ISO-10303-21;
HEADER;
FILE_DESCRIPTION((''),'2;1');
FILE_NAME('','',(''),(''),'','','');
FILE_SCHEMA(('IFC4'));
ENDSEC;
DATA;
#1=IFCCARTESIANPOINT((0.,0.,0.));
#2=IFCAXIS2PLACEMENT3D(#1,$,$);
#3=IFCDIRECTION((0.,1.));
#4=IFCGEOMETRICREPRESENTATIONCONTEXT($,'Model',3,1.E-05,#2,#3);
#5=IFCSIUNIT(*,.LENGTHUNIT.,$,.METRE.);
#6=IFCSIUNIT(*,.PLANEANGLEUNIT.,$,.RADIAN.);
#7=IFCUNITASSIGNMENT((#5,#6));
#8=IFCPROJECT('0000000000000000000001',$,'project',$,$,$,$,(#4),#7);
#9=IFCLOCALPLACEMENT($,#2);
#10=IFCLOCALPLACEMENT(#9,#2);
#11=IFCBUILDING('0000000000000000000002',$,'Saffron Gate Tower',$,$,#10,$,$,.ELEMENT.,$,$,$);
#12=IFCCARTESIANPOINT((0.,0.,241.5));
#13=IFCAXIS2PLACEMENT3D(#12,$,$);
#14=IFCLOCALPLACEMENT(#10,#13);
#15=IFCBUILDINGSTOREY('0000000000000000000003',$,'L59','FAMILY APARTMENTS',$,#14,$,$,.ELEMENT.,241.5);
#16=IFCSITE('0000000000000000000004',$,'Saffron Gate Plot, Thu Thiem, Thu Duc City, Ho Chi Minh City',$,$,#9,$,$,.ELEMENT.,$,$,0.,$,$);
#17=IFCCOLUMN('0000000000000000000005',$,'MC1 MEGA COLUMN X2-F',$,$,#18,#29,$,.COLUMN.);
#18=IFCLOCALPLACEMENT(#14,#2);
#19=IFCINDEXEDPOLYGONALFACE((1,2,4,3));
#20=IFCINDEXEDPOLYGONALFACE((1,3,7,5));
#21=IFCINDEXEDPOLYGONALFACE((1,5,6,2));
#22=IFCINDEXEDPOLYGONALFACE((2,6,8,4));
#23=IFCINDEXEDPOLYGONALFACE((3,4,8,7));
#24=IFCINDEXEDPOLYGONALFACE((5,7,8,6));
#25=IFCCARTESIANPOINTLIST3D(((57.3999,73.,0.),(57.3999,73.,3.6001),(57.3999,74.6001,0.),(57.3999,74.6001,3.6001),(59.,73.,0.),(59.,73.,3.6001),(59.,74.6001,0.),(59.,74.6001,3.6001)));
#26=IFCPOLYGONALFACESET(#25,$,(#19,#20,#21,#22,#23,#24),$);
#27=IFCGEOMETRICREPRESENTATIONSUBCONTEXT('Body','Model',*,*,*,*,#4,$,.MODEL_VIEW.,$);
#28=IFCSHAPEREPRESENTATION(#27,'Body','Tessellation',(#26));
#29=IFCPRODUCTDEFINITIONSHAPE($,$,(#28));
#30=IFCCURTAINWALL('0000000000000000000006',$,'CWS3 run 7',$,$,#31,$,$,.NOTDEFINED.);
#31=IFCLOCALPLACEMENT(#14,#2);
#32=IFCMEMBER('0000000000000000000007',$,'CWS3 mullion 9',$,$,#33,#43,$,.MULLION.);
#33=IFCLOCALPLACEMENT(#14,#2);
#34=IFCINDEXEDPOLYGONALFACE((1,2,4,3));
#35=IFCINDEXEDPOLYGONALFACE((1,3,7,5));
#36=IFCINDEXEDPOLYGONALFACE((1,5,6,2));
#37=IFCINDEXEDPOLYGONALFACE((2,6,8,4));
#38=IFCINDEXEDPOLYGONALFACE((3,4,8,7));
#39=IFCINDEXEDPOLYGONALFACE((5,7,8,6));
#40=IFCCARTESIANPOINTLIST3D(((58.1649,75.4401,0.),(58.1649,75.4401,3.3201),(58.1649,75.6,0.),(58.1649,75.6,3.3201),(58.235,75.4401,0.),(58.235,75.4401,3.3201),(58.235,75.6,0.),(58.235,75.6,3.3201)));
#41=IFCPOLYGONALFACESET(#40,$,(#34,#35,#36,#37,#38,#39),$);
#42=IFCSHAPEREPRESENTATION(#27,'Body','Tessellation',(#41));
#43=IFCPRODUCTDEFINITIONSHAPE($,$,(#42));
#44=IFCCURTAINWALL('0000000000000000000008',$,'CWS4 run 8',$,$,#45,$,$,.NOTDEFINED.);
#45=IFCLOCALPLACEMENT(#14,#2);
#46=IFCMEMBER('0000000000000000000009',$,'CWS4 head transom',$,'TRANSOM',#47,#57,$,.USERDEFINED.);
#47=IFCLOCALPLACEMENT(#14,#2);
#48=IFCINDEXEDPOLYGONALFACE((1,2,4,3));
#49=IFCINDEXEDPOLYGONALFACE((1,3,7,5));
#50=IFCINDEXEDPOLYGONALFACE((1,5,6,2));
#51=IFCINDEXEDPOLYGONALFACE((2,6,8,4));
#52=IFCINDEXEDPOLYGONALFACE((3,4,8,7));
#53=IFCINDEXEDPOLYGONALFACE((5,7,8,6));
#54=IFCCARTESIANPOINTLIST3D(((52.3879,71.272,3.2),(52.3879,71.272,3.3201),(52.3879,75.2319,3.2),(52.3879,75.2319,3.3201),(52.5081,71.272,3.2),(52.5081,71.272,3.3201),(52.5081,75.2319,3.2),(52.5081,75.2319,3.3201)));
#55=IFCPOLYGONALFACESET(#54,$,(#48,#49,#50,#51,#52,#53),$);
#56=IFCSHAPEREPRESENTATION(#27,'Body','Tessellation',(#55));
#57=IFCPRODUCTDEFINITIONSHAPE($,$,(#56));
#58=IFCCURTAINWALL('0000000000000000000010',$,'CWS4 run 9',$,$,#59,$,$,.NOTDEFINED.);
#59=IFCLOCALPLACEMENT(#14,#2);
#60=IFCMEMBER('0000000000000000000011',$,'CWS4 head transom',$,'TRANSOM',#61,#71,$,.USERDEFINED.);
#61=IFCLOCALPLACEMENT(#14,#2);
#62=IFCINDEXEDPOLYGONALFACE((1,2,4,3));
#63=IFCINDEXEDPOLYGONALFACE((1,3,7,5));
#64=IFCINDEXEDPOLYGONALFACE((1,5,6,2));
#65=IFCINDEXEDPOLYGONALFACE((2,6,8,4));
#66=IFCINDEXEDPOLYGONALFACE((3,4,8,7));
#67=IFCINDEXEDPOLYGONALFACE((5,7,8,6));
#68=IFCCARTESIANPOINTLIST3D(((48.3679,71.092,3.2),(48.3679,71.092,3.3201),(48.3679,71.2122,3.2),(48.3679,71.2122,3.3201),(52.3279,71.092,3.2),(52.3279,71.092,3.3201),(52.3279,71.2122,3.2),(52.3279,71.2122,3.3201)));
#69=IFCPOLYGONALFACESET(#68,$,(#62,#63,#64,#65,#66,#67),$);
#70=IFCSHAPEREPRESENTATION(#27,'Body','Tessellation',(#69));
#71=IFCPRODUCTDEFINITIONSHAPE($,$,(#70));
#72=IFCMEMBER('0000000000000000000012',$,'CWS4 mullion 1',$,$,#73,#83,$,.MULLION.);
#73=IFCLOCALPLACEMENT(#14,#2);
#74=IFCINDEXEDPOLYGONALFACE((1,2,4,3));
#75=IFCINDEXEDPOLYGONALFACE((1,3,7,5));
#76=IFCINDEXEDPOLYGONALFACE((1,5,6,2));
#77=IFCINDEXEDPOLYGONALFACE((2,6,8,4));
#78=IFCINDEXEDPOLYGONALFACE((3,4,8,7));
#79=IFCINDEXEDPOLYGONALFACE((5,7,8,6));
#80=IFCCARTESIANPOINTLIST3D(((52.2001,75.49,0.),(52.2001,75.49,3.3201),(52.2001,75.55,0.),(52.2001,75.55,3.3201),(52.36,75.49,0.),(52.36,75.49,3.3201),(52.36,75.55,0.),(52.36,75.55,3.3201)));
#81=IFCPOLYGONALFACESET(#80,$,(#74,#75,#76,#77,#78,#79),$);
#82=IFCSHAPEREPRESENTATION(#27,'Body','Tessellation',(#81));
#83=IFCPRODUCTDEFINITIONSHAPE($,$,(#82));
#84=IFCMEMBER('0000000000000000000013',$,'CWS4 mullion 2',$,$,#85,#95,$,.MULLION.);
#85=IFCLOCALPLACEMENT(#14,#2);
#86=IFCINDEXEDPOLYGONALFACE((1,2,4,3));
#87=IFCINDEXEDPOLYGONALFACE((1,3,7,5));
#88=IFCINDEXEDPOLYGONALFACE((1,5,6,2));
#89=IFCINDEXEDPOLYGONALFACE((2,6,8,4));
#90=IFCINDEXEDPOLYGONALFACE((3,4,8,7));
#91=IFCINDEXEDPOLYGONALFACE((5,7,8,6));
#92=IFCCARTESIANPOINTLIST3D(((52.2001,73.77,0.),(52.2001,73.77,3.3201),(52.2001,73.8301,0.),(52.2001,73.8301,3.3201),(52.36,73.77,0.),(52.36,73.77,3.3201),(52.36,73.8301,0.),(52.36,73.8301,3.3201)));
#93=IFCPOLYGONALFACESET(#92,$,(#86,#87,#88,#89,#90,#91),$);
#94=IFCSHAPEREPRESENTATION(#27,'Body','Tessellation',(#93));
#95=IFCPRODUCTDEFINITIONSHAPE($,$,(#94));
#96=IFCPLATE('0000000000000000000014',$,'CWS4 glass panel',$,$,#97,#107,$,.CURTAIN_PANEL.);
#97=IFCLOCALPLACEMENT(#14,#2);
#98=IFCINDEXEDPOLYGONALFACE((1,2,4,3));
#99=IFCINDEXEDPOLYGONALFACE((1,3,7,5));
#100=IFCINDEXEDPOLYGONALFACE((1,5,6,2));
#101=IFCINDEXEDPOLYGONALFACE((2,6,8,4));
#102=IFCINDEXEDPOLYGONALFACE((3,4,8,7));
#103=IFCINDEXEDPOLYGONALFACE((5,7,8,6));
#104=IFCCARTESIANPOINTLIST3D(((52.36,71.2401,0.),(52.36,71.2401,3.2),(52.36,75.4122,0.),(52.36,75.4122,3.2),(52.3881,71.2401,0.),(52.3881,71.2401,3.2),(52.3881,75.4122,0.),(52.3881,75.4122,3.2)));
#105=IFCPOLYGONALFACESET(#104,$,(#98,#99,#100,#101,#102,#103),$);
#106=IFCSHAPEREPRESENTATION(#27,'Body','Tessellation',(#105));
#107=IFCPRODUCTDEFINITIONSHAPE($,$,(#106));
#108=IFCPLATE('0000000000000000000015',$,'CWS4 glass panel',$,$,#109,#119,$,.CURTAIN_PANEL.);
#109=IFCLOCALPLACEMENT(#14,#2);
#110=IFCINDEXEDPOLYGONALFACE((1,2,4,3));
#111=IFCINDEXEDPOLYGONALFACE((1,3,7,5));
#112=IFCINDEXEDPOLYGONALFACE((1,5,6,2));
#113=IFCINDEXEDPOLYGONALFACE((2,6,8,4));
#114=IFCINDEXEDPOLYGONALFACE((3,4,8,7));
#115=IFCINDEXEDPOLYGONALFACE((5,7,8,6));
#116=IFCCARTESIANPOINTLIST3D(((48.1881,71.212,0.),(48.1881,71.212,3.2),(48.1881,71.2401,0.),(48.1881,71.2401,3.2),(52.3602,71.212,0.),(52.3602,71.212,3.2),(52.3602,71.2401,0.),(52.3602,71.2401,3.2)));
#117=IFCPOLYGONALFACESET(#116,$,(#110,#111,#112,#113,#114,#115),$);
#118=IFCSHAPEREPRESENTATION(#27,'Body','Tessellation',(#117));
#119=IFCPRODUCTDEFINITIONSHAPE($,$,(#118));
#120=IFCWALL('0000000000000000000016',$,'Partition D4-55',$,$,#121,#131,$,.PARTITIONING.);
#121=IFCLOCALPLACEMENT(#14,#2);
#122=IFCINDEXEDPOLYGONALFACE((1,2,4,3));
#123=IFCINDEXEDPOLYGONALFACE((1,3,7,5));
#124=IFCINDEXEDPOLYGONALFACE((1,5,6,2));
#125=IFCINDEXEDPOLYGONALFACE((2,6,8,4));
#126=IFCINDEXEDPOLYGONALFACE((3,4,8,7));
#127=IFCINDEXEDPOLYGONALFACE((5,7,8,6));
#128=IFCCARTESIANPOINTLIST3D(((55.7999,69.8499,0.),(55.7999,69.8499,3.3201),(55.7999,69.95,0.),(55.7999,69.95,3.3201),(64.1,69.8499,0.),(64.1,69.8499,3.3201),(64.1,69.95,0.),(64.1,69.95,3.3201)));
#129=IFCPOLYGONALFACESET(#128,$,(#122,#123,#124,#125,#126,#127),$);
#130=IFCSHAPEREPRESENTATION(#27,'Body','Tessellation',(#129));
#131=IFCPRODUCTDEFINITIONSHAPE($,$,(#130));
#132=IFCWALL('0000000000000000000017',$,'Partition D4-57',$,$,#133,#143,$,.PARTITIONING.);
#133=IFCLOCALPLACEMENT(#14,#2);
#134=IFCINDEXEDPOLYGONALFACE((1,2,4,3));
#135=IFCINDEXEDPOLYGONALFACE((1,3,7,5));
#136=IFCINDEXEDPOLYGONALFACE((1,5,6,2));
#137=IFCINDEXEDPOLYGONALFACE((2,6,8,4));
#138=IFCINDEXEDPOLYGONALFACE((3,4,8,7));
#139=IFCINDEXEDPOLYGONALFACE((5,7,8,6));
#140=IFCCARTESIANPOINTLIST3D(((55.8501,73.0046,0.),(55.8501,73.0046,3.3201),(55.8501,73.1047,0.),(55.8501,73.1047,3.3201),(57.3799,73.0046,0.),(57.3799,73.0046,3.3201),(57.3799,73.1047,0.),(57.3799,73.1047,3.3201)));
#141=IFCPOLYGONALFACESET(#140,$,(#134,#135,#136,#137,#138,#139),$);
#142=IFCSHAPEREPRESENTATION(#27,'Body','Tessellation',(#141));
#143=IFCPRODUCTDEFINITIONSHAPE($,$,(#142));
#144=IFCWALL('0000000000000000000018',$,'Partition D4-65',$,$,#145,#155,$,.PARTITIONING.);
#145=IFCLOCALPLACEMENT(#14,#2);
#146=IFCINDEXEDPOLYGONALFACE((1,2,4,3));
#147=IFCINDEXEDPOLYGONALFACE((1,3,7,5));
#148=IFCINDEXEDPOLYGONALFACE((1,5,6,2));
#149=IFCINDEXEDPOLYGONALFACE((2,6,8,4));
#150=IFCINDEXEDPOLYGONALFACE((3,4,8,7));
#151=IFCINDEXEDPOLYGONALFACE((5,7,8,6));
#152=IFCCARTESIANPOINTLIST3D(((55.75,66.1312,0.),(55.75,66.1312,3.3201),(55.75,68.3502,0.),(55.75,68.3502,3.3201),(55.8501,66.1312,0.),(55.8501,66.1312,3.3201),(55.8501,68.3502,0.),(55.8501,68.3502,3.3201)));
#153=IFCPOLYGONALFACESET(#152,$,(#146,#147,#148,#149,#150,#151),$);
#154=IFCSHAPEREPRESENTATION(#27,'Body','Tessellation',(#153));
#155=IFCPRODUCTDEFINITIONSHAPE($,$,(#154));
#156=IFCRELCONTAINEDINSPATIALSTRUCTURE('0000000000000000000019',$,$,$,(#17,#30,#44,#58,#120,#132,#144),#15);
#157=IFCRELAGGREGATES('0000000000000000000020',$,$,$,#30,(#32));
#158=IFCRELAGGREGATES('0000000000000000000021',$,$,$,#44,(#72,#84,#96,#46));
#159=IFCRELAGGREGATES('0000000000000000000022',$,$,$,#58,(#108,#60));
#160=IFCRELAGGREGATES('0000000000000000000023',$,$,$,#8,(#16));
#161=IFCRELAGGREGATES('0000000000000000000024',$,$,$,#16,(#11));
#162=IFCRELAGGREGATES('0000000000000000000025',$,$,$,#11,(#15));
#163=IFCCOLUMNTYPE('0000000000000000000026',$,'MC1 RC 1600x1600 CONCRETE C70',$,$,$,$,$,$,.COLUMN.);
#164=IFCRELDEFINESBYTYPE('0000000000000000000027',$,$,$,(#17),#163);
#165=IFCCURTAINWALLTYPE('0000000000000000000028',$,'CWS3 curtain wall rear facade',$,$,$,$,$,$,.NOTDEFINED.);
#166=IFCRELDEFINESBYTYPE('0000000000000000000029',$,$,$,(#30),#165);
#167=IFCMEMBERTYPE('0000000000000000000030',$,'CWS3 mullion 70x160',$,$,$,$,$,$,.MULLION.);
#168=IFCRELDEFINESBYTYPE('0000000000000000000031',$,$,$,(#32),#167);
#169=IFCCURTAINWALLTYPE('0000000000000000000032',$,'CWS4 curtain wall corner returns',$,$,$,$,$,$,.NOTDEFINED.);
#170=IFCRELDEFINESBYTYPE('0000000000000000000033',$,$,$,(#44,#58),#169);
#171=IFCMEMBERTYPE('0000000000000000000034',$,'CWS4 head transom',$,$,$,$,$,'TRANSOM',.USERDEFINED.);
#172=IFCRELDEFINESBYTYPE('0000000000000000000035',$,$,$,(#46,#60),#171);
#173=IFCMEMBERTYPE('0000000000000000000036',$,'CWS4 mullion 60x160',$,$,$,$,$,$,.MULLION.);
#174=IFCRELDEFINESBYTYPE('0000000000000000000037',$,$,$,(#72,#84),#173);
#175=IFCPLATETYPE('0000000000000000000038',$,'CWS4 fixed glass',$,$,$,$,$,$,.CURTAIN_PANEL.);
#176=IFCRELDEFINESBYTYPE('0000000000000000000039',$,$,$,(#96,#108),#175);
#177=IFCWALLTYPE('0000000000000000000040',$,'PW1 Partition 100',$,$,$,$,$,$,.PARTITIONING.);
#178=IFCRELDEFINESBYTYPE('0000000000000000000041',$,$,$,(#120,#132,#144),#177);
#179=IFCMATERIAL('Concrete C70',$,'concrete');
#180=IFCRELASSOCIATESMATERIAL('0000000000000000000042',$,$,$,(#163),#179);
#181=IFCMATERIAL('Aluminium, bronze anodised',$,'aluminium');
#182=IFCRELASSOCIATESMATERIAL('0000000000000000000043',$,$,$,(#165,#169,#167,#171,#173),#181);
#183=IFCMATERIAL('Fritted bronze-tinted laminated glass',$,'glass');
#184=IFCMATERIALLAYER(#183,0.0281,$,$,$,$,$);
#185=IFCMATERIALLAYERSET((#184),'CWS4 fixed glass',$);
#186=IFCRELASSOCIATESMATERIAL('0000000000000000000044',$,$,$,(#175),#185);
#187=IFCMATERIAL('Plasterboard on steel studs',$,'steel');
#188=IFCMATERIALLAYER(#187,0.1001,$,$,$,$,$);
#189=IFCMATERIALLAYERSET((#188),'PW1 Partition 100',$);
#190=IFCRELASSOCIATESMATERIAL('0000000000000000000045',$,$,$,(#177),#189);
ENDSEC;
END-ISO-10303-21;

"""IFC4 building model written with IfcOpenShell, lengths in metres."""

from ifc_helpers import new_model, si_unit, direction, frame, frame_2d, origin, origin_2d, place, context, subcontext, project, spatial, rectangle, extrude, material, layer, layer_set, material_profile, profile_set, type_object, element, aggregate, save


model = new_model("IFC4")

# Units and contexts
model_context = context("Model", 3, precision=1e-05, world=origin(), true_north=direction((0.0, 1.0)))
body_context = subcontext(model_context, "Body", "Model", "MODEL_VIEW")
ifc_project = project(units=[si_unit("LENGTHUNIT", "METRE"), si_unit("PLANEANGLEUNIT", "RADIAN")], contexts=[model_context])

# Site, building, storey
site_placement = place(None, origin())
site = spatial("IfcSite", under=ifc_project, at=site_placement, Name="Saffron Gate Plot, Thu Thiem, Thu Duc City, Ho Chi Minh City", CompositionType="ELEMENT", RefElevation=0.0)
building_placement = place(site_placement, origin())
building = spatial("IfcBuilding", under=site, at=building_placement, Name="Saffron Gate Tower", CompositionType="ELEMENT")
storey_placement = place(building_placement, frame((0.0, 0.0, 241.5)))
storey = spatial("IfcBuildingStorey", under=building, at=storey_placement, Name="L59", Description="FAMILY APARTMENTS", CompositionType="ELEMENT", Elevation=241.5)

# Column
ifc_material_1 = material(Name="Concrete C70", Category="concrete")
ifc_material_profile_1 = material_profile(ifc_material_1, rectangle(XDim=1.6001, YDim=1.6001, at=origin_2d()))
ifc_profile_set_1 = profile_set([ifc_material_profile_1], Name="Concrete C70")
column_type = type_object("IfcColumnType", Name="MC1 RC 1600x1600 CONCRETE C70", PredefinedType="COLUMN", material=ifc_profile_set_1)
column_placement = place(storey_placement, frame((58.2, 73.8, 0.0), z_axis=(0.0, 0.0, 1.0), x_axis=(1.0, 0.0, 0.0)))
element("IfcColumn", 1, at=column_placement, inside=storey, type_object=column_type, Name="MC1 MEGA COLUMN X2-F", PredefinedType="COLUMN", context=body_context, shape_type="SweptSolid", body=[
    extrude(rectangle(XDim=1.6001, YDim=1.6001, at=origin_2d()), origin(), (0.0, 0.0, 1.0), 3.6001),
])

# Curtain walls, members
ifc_material_2 = material(Name="Aluminium, bronze anodised", Category="aluminium")
curtain_wall_type_1 = type_object("IfcCurtainWallType", Name="CWS3 curtain wall rear facade", PredefinedType="NOTDEFINED", material=ifc_material_2)
curtain_wall_1_placement = place(storey_placement, origin())
curtain_wall_1 = element("IfcCurtainWall", 2, at=curtain_wall_1_placement, inside=storey, type_object=curtain_wall_type_1, Name="CWS3 run 7", PredefinedType="NOTDEFINED")
ifc_material_profile_2 = material_profile(ifc_material_2, rectangle(XDim=0.1599, YDim=0.0701, at=origin_2d()))
ifc_profile_set_2 = profile_set([ifc_material_profile_2], Name="Aluminium, bronze anodised")
member_type_1 = type_object("IfcMemberType", Name="CWS3 mullion 70x160", PredefinedType="MULLION", material=ifc_profile_set_2)
member_1_placement = place(storey_placement, frame((58.2, 75.52, 0.0), z_axis=(0.0, 0.0, 1.0), x_axis=(0.0, -1.0, 0.0)))
member_1 = element("IfcMember", 3, at=member_1_placement, type_object=member_type_1, Name="CWS3 mullion 9", PredefinedType="MULLION", context=body_context, shape_type="SweptSolid", body=[
    extrude(rectangle(XDim=0.1599, YDim=0.0701, at=origin_2d()), origin(), (0.0, 0.0, 1.0), 3.3201),
])
aggregate(curtain_wall_1, [member_1])
curtain_wall_type_2 = type_object("IfcCurtainWallType", Name="CWS4 curtain wall corner returns", PredefinedType="NOTDEFINED", material=ifc_material_2)
curtain_wall_2_placement = place(storey_placement, origin())
curtain_wall_2 = element("IfcCurtainWall", 4, at=curtain_wall_2_placement, inside=storey, type_object=curtain_wall_type_2, Name="CWS4 run 8", PredefinedType="NOTDEFINED")
ifc_material_profile_3 = material_profile(ifc_material_2, rectangle(XDim=0.1201, YDim=0.1201, at=origin_2d()))
ifc_profile_set_3 = profile_set([ifc_material_profile_3], Name="Aluminium, bronze anodised")
member_type_2 = type_object("IfcMemberType", Name="CWS4 head transom", ElementType="TRANSOM", PredefinedType="USERDEFINED", material=ifc_profile_set_3)
member_2_placement = place(storey_placement, frame((52.448, 75.2319, 3.26), z_axis=(0.0, -1.0, 0.0), x_axis=(1.0, 0.0, 0.0)))
member_2 = element("IfcMember", 5, at=member_2_placement, type_object=member_type_2, Name="CWS4 head transom", ObjectType="TRANSOM", PredefinedType="USERDEFINED", context=body_context, shape_type="SweptSolid", body=[
    extrude(rectangle(XDim=0.1201, YDim=0.1201, at=origin_2d()), origin(), (0.0, 0.0, 1.0), 3.96),
])
curtain_wall_3_placement = place(storey_placement, origin())
curtain_wall_3 = element("IfcCurtainWall", 6, at=curtain_wall_3_placement, inside=storey, type_object=curtain_wall_type_2, Name="CWS4 run 9", PredefinedType="NOTDEFINED")
member_3_placement = place(storey_placement, frame((52.3279, 71.1521, 3.26), z_axis=(-1.0, 0.0, 0.0), x_axis=(0.0, -1.0, 0.0)))
member_3 = element("IfcMember", 7, at=member_3_placement, type_object=member_type_2, Name="CWS4 head transom", ObjectType="TRANSOM", PredefinedType="USERDEFINED", context=body_context, shape_type="SweptSolid", body=[
    extrude(rectangle(XDim=0.1201, YDim=0.1201, at=origin_2d()), origin(), (0.0, 0.0, 1.0), 3.96),
])

# Members
ifc_material_profile_4 = material_profile(ifc_material_2, rectangle(XDim=0.1599, YDim=0.0601, at=origin_2d()))
ifc_profile_set_4 = profile_set([ifc_material_profile_4], Name="Aluminium, bronze anodised")
member_type_3 = type_object("IfcMemberType", Name="CWS4 mullion 60x160", PredefinedType="MULLION", material=ifc_profile_set_4)
member_4_placement = place(storey_placement, frame((52.28, 75.52, 0.0), z_axis=(0.0, 0.0, 1.0), x_axis=(1.0, 0.0, 0.0)))
member_4 = element("IfcMember", 8, at=member_4_placement, type_object=member_type_3, Name="CWS4 mullion 1", PredefinedType="MULLION", context=body_context, shape_type="SweptSolid", body=[
    extrude(rectangle(XDim=0.1599, YDim=0.0601, at=origin_2d()), origin(), (0.0, 0.0, 1.0), 3.3201),
])
member_5_placement = place(storey_placement, frame((52.28, 73.8, 0.0), z_axis=(0.0, 0.0, 1.0), x_axis=(1.0, 0.0, 0.0)))
member_5 = element("IfcMember", 9, at=member_5_placement, type_object=member_type_3, Name="CWS4 mullion 2", PredefinedType="MULLION", context=body_context, shape_type="SweptSolid", body=[
    extrude(rectangle(XDim=0.1599, YDim=0.0601, at=origin_2d()), origin(), (0.0, 0.0, 1.0), 3.3201),
])

# Plates
ifc_material_3 = material(Name="Fritted bronze-tinted laminated glass", Category="glass")
ifc_layer_1 = layer(ifc_material_3, 0.0281)
ifc_layer_set_1 = layer_set([ifc_layer_1], Name="CWS4 fixed glass")
plate_type = type_object("IfcPlateType", Name="CWS4 fixed glass", PredefinedType="CURTAIN_PANEL", material=ifc_layer_set_1)
plate_1_placement = place(storey_placement, frame((52.374, 75.4121, 0.0), z_axis=(0.0, 0.0, 1.0), x_axis=(0.0, -1.0, 0.0)))
plate_1 = element("IfcPlate", 10, at=plate_1_placement, type_object=plate_type, Name="CWS4 glass panel", PredefinedType="CURTAIN_PANEL", context=body_context, shape_type="SweptSolid", body=[
    extrude(rectangle(XDim=4.1721, YDim=0.0281, at=frame_2d((2.0859, 0.0))), origin(), (0.0, 0.0, 1.0), 3.2),
])
aggregate(curtain_wall_2, [member_4, member_5, plate_1, member_2])
plate_2_placement = place(storey_placement, frame((52.3601, 71.2261, 0.0), z_axis=(0.0, 0.0, 1.0), x_axis=(-1.0, 0.0, 0.0)))
plate_2 = element("IfcPlate", 11, at=plate_2_placement, type_object=plate_type, Name="CWS4 glass panel", PredefinedType="CURTAIN_PANEL", context=body_context, shape_type="SweptSolid", body=[
    extrude(rectangle(XDim=4.1721, YDim=0.0281, at=frame_2d((2.0859, 0.0))), origin(), (0.0, 0.0, 1.0), 3.2),
])
aggregate(curtain_wall_3, [plate_2, member_3])

# Walls
ifc_material_4 = material(Name="Plasterboard on steel studs", Category="steel")
ifc_layer_2 = layer(ifc_material_4, 0.1001)
ifc_layer_set_2 = layer_set([ifc_layer_2], Name="PW1 Partition 100")
wall_type = type_object("IfcWallType", Name="PW1 Partition 100", PredefinedType="PARTITIONING", material=ifc_layer_set_2)
wall_1_placement = place(storey_placement, frame((55.8, 69.8999, 0.0), z_axis=(0.0, 0.0, 1.0), x_axis=(1.0, 0.0, 0.0)))
element("IfcWall", 12, at=wall_1_placement, inside=storey, type_object=wall_type, Name="Partition D4-55", PredefinedType="PARTITIONING", context=body_context, shape_type="SweptSolid", body=[
    extrude(rectangle(XDim=8.3, YDim=0.1001, at=frame_2d((4.1499, 0.0))), origin(), (0.0, 0.0, 1.0), 3.3201),
])
wall_2_placement = place(storey_placement, frame((55.8501, 73.0547, 0.0), z_axis=(0.0, 0.0, 1.0), x_axis=(1.0, 0.0, 0.0)))
element("IfcWall", 13, at=wall_2_placement, inside=storey, type_object=wall_type, Name="Partition D4-57", PredefinedType="PARTITIONING", context=body_context, shape_type="SweptSolid", body=[
    extrude(rectangle(XDim=1.5298, YDim=0.1001, at=frame_2d((0.7649, 0.0))), origin(), (0.0, 0.0, 1.0), 3.3201),
])
wall_3_placement = place(storey_placement, frame((55.8, 68.3501, 0.0), z_axis=(0.0, 0.0, 1.0), x_axis=(0.0, -1.0, 0.0)))
element("IfcWall", 14, at=wall_3_placement, inside=storey, type_object=wall_type, Name="Partition D4-65", PredefinedType="PARTITIONING", context=body_context, shape_type="SweptSolid", body=[
    extrude(rectangle(XDim=2.219, YDim=0.1001, at=frame_2d((1.1094, 0.0))), origin(), (0.0, 0.0, 1.0), 3.3201),
])

save(model, "model.ifc")
